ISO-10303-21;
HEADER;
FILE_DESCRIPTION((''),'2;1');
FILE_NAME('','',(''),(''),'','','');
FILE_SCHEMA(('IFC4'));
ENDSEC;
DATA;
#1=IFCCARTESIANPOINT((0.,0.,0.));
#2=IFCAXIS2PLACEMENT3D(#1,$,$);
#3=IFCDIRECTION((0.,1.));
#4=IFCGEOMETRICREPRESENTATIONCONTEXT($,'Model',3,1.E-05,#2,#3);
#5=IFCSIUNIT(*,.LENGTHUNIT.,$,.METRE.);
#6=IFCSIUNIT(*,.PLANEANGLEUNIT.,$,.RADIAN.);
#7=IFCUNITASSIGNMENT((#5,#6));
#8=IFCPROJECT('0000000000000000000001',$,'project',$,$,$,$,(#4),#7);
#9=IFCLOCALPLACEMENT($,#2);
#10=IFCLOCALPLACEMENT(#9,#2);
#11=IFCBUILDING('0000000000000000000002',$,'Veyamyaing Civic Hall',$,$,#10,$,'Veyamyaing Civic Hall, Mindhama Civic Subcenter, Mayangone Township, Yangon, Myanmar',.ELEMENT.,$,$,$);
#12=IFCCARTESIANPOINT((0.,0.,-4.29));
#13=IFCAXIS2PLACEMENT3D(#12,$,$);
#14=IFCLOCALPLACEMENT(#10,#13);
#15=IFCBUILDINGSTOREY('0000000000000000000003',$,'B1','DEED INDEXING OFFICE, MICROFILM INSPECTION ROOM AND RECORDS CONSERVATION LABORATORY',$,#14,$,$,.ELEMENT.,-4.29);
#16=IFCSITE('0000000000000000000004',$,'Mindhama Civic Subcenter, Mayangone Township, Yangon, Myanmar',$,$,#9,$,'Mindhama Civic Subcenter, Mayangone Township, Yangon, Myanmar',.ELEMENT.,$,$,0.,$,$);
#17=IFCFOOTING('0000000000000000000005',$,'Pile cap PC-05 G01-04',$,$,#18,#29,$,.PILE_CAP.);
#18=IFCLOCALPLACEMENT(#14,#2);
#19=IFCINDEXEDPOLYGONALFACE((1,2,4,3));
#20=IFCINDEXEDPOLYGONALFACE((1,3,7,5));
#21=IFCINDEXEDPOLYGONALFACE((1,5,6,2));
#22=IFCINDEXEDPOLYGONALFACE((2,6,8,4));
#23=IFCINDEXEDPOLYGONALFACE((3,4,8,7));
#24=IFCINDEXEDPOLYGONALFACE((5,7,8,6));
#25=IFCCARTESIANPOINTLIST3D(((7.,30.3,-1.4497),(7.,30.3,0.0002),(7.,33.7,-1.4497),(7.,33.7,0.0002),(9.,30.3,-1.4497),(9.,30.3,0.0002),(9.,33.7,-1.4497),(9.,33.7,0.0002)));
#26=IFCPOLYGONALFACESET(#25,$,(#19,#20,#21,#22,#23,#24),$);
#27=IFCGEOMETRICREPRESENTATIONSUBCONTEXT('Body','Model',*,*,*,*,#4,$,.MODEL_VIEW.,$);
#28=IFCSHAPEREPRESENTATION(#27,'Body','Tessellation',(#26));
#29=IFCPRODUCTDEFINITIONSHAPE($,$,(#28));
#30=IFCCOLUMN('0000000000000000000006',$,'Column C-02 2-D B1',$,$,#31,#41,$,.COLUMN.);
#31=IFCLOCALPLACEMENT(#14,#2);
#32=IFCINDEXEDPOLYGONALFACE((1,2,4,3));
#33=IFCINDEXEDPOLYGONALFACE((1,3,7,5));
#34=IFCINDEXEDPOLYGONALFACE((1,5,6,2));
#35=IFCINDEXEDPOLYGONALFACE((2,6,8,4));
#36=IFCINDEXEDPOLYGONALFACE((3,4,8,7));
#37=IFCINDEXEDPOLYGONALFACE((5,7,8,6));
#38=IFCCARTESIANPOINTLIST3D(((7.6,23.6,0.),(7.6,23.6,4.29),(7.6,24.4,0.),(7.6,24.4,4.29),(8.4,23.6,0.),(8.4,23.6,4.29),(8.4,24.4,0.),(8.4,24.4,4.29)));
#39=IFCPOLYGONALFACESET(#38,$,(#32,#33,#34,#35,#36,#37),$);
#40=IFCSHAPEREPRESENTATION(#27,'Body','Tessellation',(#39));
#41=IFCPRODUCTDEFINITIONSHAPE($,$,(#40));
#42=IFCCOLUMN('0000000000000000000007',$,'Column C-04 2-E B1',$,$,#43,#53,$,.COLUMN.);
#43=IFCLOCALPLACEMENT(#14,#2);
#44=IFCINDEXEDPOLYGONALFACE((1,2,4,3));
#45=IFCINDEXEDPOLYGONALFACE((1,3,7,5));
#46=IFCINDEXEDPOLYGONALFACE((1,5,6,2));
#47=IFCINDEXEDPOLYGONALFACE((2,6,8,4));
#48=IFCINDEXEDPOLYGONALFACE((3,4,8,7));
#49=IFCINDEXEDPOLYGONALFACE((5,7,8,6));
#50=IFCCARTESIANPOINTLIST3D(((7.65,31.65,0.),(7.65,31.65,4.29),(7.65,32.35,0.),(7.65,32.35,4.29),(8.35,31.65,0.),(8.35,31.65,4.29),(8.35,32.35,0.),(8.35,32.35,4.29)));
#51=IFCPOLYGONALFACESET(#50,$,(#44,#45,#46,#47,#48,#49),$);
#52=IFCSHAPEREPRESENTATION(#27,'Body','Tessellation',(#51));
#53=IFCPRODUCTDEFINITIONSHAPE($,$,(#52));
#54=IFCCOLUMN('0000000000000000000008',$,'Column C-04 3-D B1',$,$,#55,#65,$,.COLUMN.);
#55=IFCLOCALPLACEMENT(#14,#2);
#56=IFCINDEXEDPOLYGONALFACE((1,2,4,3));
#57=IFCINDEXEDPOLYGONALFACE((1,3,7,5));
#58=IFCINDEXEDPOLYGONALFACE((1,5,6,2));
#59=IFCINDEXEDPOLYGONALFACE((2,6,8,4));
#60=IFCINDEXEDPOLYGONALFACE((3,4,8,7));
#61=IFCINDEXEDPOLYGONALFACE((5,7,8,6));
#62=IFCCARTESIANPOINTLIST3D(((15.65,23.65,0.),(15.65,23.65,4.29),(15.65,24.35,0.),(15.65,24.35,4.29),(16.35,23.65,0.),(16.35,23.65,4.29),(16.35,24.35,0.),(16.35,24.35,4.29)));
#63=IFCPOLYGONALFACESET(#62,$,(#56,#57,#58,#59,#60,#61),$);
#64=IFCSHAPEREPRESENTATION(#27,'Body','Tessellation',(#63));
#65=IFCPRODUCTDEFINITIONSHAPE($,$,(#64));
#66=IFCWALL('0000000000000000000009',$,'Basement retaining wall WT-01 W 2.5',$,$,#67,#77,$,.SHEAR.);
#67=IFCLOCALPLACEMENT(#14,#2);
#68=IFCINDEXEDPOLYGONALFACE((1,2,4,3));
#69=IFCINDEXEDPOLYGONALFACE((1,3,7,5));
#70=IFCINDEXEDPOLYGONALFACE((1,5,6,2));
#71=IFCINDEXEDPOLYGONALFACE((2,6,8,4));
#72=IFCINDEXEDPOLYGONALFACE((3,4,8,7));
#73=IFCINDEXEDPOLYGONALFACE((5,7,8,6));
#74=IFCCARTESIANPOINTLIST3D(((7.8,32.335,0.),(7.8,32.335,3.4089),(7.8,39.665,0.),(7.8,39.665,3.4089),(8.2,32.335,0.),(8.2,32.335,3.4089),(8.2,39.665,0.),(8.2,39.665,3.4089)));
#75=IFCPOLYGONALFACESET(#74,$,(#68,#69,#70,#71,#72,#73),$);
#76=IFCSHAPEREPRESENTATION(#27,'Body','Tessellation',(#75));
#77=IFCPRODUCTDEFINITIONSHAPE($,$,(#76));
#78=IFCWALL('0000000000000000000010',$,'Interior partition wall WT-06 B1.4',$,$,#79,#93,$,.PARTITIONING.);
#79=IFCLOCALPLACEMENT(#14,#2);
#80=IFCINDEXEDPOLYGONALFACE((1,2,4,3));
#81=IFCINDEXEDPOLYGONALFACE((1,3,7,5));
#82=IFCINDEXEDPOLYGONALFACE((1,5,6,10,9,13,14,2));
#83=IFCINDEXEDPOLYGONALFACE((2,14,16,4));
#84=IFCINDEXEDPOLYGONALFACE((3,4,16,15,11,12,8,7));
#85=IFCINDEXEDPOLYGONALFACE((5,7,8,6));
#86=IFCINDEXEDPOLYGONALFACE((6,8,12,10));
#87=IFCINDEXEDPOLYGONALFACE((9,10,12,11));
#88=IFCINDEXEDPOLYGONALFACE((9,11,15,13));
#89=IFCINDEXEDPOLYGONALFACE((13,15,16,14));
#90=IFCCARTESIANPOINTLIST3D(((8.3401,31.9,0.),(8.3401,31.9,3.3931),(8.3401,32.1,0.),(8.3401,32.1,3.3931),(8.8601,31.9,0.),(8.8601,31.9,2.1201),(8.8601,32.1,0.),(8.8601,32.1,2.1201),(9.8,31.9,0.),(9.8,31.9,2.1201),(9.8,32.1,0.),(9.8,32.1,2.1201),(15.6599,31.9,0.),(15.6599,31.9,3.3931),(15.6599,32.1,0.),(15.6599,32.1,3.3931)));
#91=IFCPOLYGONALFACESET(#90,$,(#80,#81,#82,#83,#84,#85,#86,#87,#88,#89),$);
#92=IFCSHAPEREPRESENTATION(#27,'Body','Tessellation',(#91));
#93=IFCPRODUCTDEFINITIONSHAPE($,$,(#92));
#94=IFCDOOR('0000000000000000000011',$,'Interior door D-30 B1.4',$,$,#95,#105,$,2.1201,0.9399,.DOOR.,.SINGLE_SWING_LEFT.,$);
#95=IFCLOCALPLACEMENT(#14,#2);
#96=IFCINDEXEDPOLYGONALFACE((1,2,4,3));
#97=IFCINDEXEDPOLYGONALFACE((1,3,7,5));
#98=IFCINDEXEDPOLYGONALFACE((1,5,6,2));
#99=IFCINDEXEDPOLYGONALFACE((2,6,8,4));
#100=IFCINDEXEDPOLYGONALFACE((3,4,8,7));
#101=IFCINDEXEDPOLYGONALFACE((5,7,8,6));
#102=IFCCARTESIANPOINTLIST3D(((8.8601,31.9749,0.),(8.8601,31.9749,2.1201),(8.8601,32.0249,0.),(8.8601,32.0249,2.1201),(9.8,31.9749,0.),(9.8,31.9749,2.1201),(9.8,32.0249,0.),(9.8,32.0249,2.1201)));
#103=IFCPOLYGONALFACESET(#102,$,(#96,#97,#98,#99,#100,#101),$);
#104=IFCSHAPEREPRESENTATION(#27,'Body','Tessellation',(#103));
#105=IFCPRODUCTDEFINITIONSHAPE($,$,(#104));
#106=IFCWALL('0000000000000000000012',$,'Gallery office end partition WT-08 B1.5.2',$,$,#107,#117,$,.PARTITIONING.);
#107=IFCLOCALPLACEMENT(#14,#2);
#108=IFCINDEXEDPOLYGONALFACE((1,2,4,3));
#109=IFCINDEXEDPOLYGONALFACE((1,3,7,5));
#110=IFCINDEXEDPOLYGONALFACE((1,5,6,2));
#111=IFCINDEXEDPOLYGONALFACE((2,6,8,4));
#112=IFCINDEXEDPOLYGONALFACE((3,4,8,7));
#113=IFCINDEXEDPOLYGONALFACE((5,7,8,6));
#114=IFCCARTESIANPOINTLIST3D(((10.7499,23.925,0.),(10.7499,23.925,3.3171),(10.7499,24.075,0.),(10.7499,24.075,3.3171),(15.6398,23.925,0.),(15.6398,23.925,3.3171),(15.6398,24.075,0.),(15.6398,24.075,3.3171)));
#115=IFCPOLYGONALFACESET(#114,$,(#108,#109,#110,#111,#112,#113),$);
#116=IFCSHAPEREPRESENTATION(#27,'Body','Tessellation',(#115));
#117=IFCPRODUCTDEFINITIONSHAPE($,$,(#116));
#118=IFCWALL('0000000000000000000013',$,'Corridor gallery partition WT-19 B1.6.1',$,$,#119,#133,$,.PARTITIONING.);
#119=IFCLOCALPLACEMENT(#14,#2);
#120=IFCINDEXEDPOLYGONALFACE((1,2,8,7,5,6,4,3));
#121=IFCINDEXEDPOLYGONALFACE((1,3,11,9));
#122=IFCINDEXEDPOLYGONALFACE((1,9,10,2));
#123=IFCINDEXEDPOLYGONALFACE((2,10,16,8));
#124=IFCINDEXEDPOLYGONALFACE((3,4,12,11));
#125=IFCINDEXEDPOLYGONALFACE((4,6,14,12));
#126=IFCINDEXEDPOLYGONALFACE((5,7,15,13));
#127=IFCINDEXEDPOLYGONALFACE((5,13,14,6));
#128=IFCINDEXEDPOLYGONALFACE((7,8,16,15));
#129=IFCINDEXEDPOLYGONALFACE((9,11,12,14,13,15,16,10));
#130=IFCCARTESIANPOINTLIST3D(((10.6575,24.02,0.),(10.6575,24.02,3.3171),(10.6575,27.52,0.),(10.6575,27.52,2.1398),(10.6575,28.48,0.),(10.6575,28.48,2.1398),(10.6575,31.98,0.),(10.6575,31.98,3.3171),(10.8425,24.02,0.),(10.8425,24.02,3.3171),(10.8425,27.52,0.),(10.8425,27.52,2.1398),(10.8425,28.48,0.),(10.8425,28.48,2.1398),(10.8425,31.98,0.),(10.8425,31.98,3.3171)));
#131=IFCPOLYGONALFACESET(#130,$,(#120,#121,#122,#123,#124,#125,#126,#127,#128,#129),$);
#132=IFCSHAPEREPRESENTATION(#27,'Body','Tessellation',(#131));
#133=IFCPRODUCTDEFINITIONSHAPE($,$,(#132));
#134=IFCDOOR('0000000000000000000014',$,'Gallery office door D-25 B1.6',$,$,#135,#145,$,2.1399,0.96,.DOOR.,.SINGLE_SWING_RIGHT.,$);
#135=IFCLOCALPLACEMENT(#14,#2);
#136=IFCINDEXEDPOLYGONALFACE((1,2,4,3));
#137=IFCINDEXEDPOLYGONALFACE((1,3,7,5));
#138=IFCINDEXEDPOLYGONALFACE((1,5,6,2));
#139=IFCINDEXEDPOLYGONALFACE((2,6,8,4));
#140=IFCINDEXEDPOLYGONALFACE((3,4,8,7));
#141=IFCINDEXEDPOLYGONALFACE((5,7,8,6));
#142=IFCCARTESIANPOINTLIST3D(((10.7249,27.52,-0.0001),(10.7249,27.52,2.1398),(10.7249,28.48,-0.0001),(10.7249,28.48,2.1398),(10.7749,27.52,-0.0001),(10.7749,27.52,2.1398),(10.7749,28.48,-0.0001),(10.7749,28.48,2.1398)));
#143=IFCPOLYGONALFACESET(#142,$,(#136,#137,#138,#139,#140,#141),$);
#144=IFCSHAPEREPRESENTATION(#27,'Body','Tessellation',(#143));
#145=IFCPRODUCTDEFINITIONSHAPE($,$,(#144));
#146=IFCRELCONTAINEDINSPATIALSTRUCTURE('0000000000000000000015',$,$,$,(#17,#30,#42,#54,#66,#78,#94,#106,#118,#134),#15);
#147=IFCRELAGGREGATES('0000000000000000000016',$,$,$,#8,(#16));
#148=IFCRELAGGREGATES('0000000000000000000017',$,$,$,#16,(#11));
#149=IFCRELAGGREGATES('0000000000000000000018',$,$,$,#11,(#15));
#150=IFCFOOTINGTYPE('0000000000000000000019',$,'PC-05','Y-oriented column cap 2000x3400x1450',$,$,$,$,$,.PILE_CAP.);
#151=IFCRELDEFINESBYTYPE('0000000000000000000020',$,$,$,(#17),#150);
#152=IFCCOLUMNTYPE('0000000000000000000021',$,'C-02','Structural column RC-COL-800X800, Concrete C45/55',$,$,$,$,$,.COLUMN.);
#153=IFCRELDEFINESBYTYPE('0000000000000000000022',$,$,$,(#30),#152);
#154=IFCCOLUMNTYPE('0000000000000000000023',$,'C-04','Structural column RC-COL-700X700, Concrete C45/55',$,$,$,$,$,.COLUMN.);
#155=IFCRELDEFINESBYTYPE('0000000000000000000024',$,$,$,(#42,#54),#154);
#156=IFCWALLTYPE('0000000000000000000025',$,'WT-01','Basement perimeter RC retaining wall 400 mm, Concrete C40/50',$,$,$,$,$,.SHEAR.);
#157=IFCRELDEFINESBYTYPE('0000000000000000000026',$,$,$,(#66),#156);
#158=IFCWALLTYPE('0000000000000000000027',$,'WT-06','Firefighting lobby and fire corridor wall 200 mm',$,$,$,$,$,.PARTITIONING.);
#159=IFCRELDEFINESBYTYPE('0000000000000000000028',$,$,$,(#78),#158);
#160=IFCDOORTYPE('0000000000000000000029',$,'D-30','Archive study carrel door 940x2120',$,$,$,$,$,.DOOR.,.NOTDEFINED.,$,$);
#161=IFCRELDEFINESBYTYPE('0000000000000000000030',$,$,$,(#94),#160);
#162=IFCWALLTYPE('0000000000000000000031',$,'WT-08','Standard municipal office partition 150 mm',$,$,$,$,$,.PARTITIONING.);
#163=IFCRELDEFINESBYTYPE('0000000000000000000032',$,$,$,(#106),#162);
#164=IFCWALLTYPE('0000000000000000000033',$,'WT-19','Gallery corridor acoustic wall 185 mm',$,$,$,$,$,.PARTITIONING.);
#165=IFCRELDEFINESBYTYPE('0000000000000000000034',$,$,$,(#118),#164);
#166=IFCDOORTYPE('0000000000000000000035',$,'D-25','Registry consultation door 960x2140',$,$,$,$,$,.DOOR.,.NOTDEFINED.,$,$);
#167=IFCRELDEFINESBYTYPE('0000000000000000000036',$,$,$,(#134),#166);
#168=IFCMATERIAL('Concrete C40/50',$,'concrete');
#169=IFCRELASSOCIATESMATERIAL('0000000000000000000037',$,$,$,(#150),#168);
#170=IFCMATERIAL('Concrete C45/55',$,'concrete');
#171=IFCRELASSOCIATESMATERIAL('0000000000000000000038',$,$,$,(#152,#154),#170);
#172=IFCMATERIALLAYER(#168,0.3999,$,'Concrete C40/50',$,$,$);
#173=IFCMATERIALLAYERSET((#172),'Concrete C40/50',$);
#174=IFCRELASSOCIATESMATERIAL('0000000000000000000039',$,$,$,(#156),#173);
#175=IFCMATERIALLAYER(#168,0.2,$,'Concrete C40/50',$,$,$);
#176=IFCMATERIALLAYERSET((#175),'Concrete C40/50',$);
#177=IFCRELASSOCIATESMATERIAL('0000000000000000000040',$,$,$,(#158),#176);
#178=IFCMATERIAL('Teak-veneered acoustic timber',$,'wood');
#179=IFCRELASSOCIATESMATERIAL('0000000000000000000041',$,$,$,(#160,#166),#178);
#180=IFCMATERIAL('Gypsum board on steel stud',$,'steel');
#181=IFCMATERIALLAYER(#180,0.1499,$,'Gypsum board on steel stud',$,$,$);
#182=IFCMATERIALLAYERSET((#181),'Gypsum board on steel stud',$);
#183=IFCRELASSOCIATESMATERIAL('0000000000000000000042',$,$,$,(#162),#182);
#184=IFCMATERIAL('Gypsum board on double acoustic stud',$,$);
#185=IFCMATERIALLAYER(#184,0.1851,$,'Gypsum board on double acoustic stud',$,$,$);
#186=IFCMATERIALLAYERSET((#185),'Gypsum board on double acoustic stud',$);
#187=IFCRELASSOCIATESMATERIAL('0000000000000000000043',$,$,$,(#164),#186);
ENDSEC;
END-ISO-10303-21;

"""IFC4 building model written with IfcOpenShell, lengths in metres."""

from ifc_helpers import new_model, si_unit, direction, frame, frame_2d, origin, origin_2d, place, context, subcontext, project, spatial, rectangle, extrude, material, layer, layer_set, material_profile, profile_set, type_object, element, fill, save


model = new_model("IFC4")

# Units and contexts
model_context = context("Model", 3, precision=1e-05, world=origin(), true_north=direction((0.0, 1.0)))
body_context = subcontext(model_context, "Body", "Model", "MODEL_VIEW")
ifc_project = project(units=[si_unit("LENGTHUNIT", "METRE"), si_unit("PLANEANGLEUNIT", "RADIAN")], contexts=[model_context])

# Site, building, storey
site_placement = place(None, origin())
site = spatial("IfcSite", under=ifc_project, at=site_placement, Name="Mindhama Civic Subcenter, Mayangone Township, Yangon, Myanmar", LongName="Mindhama Civic Subcenter, Mayangone Township, Yangon, Myanmar", CompositionType="ELEMENT", RefElevation=0.0)
building_placement = place(site_placement, origin())
building = spatial("IfcBuilding", under=site, at=building_placement, Name="Veyamyaing Civic Hall", LongName="Veyamyaing Civic Hall, Mindhama Civic Subcenter, Mayangone Township, Yangon, Myanmar", CompositionType="ELEMENT")
storey_placement = place(building_placement, frame((0.0, 0.0, -4.29)))
storey = spatial("IfcBuildingStorey", under=building, at=storey_placement, Name="B1", Description="DEED INDEXING OFFICE, MICROFILM INSPECTION ROOM AND RECORDS CONSERVATION LABORATORY", CompositionType="ELEMENT", Elevation=-4.29)

# Shared definitions
ifc_material_1 = material(Name="Concrete C40/50", Category="concrete")

# Footing
footing_type_1 = type_object("IfcFootingType", Name="PC-05", Description="Y-oriented column cap 2000x3400x1450", PredefinedType="PILE_CAP", material=ifc_material_1)
footing_1_placement = place(storey_placement, frame((8.0, 32.0, -1.4497), z_axis=(0.0, 0.0, 1.0), x_axis=(1.0, 0.0, 0.0)))
element("IfcFooting", 1, at=footing_1_placement, inside=storey, type_object=footing_type_1, Name="Pile cap PC-05 G01-04", PredefinedType="PILE_CAP", context=body_context, shape_type="SweptSolid", body=[
    extrude(rectangle(XDim=2.0, YDim=3.3999, at=origin_2d()), origin(), (0.0, 0.0, 1.0), 1.45),
])

# Columns
ifc_material_2 = material(Name="Concrete C45/55", Category="concrete")
ifc_material_profile_1 = material_profile(ifc_material_2, rectangle(XDim=0.8, YDim=0.8, at=origin_2d()), Name="RC-COL-800X800")
ifc_profile_set_1 = profile_set([ifc_material_profile_1], Name="Concrete C45/55")
column_type_1 = type_object("IfcColumnType", Name="C-02", Description="Structural column RC-COL-800X800, Concrete C45/55", PredefinedType="COLUMN", material=ifc_profile_set_1)
column_placement = place(storey_placement, frame((8.0, 24.0, 0.0), z_axis=(0.0, 0.0, 1.0), x_axis=(1.0, 0.0, 0.0)))
element("IfcColumn", 2, at=column_placement, inside=storey, type_object=column_type_1, Name="Column C-02 2-D B1", PredefinedType="COLUMN", context=body_context, shape_type="SweptSolid", body=[
    extrude(rectangle(XDim=0.8, YDim=0.8, at=origin_2d()), origin(), (0.0, 0.0, 1.0), 4.29),
])
ifc_material_profile_2 = material_profile(ifc_material_2, rectangle(XDim=0.7, YDim=0.7, at=origin_2d()), Name="RC-COL-700X700")
ifc_profile_set_2 = profile_set([ifc_material_profile_2], Name="Concrete C45/55")
column_type_2 = type_object("IfcColumnType", Name="C-04", Description="Structural column RC-COL-700X700, Concrete C45/55", PredefinedType="COLUMN", material=ifc_profile_set_2)
for number, where, z_axis, x_axis, name in (
    (3, (8.0, 32.0, 0.0), (0.0, 0.0, 1.0), (1.0, 0.0, 0.0), "Column C-04 2-E B1"),
    (4, (16.0, 24.0, 0.0), (0.0, 0.0, 1.0), (1.0, 0.0, 0.0), "Column C-04 3-D B1"),
):
    element("IfcColumn", number, at=place(storey_placement, frame(where, z_axis=z_axis, x_axis=x_axis)), inside=storey, type_object=column_type_2, Name=name, PredefinedType="COLUMN", context=body_context, shape_type="SweptSolid", body=[
        extrude(rectangle(XDim=0.7, YDim=0.7, at=origin_2d()), origin(), (0.0, 0.0, 1.0), 4.29),
    ])

# Wall
ifc_layer_1 = layer(ifc_material_1, 0.3999, Name="Concrete C40/50")
ifc_layer_set_1 = layer_set([ifc_layer_1], Name="Concrete C40/50")
wall_type_1 = type_object("IfcWallType", Name="WT-01", Description="Basement perimeter RC retaining wall 400 mm, Concrete C40/50", PredefinedType="SHEAR", material=ifc_layer_set_1)
wall_1_placement = place(storey_placement, frame((8.0, 32.335, 0.0), z_axis=(0.0, 0.0, 1.0), x_axis=(0.0, 1.0, 0.0)))
element("IfcWall", 5, at=wall_1_placement, inside=storey, type_object=wall_type_1, Name="Basement retaining wall WT-01 W 2.5", PredefinedType="SHEAR", context=body_context, shape_type="SweptSolid", body=[
    extrude(rectangle(XDim=7.3301, YDim=0.3999, at=frame_2d((3.665, 0.0))), origin(), (0.0, 0.0, 1.0), 3.4089),
])

# Shared definitions
ifc_layer_2 = layer(ifc_material_1, 0.2, Name="Concrete C40/50")
ifc_layer_set_2 = layer_set([ifc_layer_2], Name="Concrete C40/50")
wall_type_2 = type_object("IfcWallType", Name="WT-06", Description="Firefighting lobby and fire corridor wall 200 mm", PredefinedType="PARTITIONING", material=ifc_layer_set_2)
ifc_material_3 = material(Name="Teak-veneered acoustic timber", Category="wood")

# Wall, opening, door
wall_2_placement = place(storey_placement, frame((8.3401, 32.0, 0.0), z_axis=(0.0, 0.0, 1.0), x_axis=(1.0, 0.0, 0.0)))
wall_2 = element("IfcWall", 6, at=wall_2_placement, inside=storey, type_object=wall_type_2, Name="Interior partition wall WT-06 B1.4", PredefinedType="PARTITIONING", context=body_context, shape_type="SweptSolid", body=[
    extrude(rectangle(XDim=7.3198, YDim=0.2, at=frame_2d((3.6599, 0.0))), origin(), (0.0, 0.0, 1.0), 3.3931),
])
opening_1_placement = place(wall_2_placement, frame((0.52, 0.0, 0.0)))
opening_1 = element("IfcOpeningElement", 7, at=opening_1_placement, cuts=wall_2, PredefinedType="OPENING", context=body_context, shape_type="SweptSolid", body=[
    extrude(rectangle(XDim=0.9399, YDim=2.1201, at=frame_2d((0.47, 1.0601))), frame((0.0, 0.1099, 0.0), z_axis=(0.0, -1.0, 0.0), x_axis=(1.0, 0.0, 0.0)), (0.0, 0.0, 1.0), 0.22),
])
door_type_1 = type_object("IfcDoorType", Name="D-30", Description="Archive study carrel door 940x2120", OperationType="NOTDEFINED", PredefinedType="DOOR", material=ifc_material_3)
door_1_placement = place(opening_1_placement, origin())
door_1 = element("IfcDoor", 8, at=door_1_placement, inside=storey, type_object=door_type_1, Name="Interior door D-30 B1.4", OperationType="SINGLE_SWING_LEFT", OverallHeight=2.1201, OverallWidth=0.9399, PredefinedType="DOOR", context=body_context, shape_type="SweptSolid", body=[
    extrude(rectangle(XDim=0.9399, YDim=2.1201, at=frame_2d((0.47, 1.0601))), frame((0.0, 0.0249, 0.0), z_axis=(0.0, -1.0, 0.0), x_axis=(1.0, 0.0, 0.0)), (0.0, 0.0, 1.0), 0.05),
])
fill(opening_1, door_1)

# Wall
ifc_material_4 = material(Name="Gypsum board on steel stud", Category="steel")
ifc_layer_3 = layer(ifc_material_4, 0.1499, Name="Gypsum board on steel stud")
ifc_layer_set_3 = layer_set([ifc_layer_3], Name="Gypsum board on steel stud")
wall_type_3 = type_object("IfcWallType", Name="WT-08", Description="Standard municipal office partition 150 mm", PredefinedType="PARTITIONING", material=ifc_layer_set_3)
wall_3_placement = place(storey_placement, frame((10.75, 24.0, 0.0), z_axis=(0.0, 0.0, 1.0), x_axis=(1.0, 0.0, 0.0)))
element("IfcWall", 9, at=wall_3_placement, inside=storey, type_object=wall_type_3, Name="Gallery office end partition WT-08 B1.5.2", PredefinedType="PARTITIONING", context=body_context, shape_type="SweptSolid", body=[
    extrude(rectangle(XDim=4.8899, YDim=0.1499, at=frame_2d((2.4448, 0.0))), origin(), (0.0, 0.0, 1.0), 3.3171),
])

# Wall, opening, door
ifc_material_5 = material(Name="Gypsum board on double acoustic stud")
ifc_layer_4 = layer(ifc_material_5, 0.1851, Name="Gypsum board on double acoustic stud")
ifc_layer_set_4 = layer_set([ifc_layer_4], Name="Gypsum board on double acoustic stud")
wall_type_4 = type_object("IfcWallType", Name="WT-19", Description="Gallery corridor acoustic wall 185 mm", PredefinedType="PARTITIONING", material=ifc_layer_set_4)
wall_4_placement = place(storey_placement, frame((10.75, 24.02, 0.0), z_axis=(0.0, 0.0, 1.0), x_axis=(0.0, 1.0, 0.0)))
wall_4 = element("IfcWall", 10, at=wall_4_placement, inside=storey, type_object=wall_type_4, Name="Corridor gallery partition WT-19 B1.6.1", PredefinedType="PARTITIONING", context=body_context, shape_type="SweptSolid", body=[
    extrude(rectangle(XDim=7.96, YDim=0.1851, at=frame_2d((3.98, 0.0))), origin(), (0.0, 0.0, 1.0), 3.3171),
])
opening_2_placement = place(wall_4_placement, frame((3.5, 0.0, 0.0)))
opening_2 = element("IfcOpeningElement", 11, at=opening_2_placement, cuts=wall_4, PredefinedType="OPENING", context=body_context, shape_type="SweptSolid", body=[
    extrude(rectangle(XDim=0.96, YDim=2.1399, at=frame_2d((0.48, 1.0698))), frame((0.0, 0.1025, 0.0), z_axis=(0.0, -1.0, 0.0), x_axis=(1.0, 0.0, 0.0)), (0.0, 0.0, 1.0), 0.2051),
])
door_type_2 = type_object("IfcDoorType", Name="D-25", Description="Registry consultation door 960x2140", OperationType="NOTDEFINED", PredefinedType="DOOR", material=ifc_material_3)
door_2_placement = place(opening_2_placement, frame((0.96, 0.0, 0.0), z_axis=(0.0, 0.0, 1.0), x_axis=(-1.0, 0.0, 0.0)))
door_2 = element("IfcDoor", 12, at=door_2_placement, inside=storey, type_object=door_type_2, Name="Gallery office door D-25 B1.6", OperationType="SINGLE_SWING_RIGHT", OverallHeight=2.1399, OverallWidth=0.96, PredefinedType="DOOR", context=body_context, shape_type="SweptSolid", body=[
    extrude(rectangle(XDim=0.96, YDim=2.1399, at=frame_2d((0.48, 1.0698))), frame((0.0, 0.0249, 0.0), z_axis=(0.0, -1.0, 0.0), x_axis=(1.0, 0.0, 0.0)), (0.0, 0.0, 1.0), 0.05),
])
fill(opening_2, door_2)

save(model, "model.ifc")
